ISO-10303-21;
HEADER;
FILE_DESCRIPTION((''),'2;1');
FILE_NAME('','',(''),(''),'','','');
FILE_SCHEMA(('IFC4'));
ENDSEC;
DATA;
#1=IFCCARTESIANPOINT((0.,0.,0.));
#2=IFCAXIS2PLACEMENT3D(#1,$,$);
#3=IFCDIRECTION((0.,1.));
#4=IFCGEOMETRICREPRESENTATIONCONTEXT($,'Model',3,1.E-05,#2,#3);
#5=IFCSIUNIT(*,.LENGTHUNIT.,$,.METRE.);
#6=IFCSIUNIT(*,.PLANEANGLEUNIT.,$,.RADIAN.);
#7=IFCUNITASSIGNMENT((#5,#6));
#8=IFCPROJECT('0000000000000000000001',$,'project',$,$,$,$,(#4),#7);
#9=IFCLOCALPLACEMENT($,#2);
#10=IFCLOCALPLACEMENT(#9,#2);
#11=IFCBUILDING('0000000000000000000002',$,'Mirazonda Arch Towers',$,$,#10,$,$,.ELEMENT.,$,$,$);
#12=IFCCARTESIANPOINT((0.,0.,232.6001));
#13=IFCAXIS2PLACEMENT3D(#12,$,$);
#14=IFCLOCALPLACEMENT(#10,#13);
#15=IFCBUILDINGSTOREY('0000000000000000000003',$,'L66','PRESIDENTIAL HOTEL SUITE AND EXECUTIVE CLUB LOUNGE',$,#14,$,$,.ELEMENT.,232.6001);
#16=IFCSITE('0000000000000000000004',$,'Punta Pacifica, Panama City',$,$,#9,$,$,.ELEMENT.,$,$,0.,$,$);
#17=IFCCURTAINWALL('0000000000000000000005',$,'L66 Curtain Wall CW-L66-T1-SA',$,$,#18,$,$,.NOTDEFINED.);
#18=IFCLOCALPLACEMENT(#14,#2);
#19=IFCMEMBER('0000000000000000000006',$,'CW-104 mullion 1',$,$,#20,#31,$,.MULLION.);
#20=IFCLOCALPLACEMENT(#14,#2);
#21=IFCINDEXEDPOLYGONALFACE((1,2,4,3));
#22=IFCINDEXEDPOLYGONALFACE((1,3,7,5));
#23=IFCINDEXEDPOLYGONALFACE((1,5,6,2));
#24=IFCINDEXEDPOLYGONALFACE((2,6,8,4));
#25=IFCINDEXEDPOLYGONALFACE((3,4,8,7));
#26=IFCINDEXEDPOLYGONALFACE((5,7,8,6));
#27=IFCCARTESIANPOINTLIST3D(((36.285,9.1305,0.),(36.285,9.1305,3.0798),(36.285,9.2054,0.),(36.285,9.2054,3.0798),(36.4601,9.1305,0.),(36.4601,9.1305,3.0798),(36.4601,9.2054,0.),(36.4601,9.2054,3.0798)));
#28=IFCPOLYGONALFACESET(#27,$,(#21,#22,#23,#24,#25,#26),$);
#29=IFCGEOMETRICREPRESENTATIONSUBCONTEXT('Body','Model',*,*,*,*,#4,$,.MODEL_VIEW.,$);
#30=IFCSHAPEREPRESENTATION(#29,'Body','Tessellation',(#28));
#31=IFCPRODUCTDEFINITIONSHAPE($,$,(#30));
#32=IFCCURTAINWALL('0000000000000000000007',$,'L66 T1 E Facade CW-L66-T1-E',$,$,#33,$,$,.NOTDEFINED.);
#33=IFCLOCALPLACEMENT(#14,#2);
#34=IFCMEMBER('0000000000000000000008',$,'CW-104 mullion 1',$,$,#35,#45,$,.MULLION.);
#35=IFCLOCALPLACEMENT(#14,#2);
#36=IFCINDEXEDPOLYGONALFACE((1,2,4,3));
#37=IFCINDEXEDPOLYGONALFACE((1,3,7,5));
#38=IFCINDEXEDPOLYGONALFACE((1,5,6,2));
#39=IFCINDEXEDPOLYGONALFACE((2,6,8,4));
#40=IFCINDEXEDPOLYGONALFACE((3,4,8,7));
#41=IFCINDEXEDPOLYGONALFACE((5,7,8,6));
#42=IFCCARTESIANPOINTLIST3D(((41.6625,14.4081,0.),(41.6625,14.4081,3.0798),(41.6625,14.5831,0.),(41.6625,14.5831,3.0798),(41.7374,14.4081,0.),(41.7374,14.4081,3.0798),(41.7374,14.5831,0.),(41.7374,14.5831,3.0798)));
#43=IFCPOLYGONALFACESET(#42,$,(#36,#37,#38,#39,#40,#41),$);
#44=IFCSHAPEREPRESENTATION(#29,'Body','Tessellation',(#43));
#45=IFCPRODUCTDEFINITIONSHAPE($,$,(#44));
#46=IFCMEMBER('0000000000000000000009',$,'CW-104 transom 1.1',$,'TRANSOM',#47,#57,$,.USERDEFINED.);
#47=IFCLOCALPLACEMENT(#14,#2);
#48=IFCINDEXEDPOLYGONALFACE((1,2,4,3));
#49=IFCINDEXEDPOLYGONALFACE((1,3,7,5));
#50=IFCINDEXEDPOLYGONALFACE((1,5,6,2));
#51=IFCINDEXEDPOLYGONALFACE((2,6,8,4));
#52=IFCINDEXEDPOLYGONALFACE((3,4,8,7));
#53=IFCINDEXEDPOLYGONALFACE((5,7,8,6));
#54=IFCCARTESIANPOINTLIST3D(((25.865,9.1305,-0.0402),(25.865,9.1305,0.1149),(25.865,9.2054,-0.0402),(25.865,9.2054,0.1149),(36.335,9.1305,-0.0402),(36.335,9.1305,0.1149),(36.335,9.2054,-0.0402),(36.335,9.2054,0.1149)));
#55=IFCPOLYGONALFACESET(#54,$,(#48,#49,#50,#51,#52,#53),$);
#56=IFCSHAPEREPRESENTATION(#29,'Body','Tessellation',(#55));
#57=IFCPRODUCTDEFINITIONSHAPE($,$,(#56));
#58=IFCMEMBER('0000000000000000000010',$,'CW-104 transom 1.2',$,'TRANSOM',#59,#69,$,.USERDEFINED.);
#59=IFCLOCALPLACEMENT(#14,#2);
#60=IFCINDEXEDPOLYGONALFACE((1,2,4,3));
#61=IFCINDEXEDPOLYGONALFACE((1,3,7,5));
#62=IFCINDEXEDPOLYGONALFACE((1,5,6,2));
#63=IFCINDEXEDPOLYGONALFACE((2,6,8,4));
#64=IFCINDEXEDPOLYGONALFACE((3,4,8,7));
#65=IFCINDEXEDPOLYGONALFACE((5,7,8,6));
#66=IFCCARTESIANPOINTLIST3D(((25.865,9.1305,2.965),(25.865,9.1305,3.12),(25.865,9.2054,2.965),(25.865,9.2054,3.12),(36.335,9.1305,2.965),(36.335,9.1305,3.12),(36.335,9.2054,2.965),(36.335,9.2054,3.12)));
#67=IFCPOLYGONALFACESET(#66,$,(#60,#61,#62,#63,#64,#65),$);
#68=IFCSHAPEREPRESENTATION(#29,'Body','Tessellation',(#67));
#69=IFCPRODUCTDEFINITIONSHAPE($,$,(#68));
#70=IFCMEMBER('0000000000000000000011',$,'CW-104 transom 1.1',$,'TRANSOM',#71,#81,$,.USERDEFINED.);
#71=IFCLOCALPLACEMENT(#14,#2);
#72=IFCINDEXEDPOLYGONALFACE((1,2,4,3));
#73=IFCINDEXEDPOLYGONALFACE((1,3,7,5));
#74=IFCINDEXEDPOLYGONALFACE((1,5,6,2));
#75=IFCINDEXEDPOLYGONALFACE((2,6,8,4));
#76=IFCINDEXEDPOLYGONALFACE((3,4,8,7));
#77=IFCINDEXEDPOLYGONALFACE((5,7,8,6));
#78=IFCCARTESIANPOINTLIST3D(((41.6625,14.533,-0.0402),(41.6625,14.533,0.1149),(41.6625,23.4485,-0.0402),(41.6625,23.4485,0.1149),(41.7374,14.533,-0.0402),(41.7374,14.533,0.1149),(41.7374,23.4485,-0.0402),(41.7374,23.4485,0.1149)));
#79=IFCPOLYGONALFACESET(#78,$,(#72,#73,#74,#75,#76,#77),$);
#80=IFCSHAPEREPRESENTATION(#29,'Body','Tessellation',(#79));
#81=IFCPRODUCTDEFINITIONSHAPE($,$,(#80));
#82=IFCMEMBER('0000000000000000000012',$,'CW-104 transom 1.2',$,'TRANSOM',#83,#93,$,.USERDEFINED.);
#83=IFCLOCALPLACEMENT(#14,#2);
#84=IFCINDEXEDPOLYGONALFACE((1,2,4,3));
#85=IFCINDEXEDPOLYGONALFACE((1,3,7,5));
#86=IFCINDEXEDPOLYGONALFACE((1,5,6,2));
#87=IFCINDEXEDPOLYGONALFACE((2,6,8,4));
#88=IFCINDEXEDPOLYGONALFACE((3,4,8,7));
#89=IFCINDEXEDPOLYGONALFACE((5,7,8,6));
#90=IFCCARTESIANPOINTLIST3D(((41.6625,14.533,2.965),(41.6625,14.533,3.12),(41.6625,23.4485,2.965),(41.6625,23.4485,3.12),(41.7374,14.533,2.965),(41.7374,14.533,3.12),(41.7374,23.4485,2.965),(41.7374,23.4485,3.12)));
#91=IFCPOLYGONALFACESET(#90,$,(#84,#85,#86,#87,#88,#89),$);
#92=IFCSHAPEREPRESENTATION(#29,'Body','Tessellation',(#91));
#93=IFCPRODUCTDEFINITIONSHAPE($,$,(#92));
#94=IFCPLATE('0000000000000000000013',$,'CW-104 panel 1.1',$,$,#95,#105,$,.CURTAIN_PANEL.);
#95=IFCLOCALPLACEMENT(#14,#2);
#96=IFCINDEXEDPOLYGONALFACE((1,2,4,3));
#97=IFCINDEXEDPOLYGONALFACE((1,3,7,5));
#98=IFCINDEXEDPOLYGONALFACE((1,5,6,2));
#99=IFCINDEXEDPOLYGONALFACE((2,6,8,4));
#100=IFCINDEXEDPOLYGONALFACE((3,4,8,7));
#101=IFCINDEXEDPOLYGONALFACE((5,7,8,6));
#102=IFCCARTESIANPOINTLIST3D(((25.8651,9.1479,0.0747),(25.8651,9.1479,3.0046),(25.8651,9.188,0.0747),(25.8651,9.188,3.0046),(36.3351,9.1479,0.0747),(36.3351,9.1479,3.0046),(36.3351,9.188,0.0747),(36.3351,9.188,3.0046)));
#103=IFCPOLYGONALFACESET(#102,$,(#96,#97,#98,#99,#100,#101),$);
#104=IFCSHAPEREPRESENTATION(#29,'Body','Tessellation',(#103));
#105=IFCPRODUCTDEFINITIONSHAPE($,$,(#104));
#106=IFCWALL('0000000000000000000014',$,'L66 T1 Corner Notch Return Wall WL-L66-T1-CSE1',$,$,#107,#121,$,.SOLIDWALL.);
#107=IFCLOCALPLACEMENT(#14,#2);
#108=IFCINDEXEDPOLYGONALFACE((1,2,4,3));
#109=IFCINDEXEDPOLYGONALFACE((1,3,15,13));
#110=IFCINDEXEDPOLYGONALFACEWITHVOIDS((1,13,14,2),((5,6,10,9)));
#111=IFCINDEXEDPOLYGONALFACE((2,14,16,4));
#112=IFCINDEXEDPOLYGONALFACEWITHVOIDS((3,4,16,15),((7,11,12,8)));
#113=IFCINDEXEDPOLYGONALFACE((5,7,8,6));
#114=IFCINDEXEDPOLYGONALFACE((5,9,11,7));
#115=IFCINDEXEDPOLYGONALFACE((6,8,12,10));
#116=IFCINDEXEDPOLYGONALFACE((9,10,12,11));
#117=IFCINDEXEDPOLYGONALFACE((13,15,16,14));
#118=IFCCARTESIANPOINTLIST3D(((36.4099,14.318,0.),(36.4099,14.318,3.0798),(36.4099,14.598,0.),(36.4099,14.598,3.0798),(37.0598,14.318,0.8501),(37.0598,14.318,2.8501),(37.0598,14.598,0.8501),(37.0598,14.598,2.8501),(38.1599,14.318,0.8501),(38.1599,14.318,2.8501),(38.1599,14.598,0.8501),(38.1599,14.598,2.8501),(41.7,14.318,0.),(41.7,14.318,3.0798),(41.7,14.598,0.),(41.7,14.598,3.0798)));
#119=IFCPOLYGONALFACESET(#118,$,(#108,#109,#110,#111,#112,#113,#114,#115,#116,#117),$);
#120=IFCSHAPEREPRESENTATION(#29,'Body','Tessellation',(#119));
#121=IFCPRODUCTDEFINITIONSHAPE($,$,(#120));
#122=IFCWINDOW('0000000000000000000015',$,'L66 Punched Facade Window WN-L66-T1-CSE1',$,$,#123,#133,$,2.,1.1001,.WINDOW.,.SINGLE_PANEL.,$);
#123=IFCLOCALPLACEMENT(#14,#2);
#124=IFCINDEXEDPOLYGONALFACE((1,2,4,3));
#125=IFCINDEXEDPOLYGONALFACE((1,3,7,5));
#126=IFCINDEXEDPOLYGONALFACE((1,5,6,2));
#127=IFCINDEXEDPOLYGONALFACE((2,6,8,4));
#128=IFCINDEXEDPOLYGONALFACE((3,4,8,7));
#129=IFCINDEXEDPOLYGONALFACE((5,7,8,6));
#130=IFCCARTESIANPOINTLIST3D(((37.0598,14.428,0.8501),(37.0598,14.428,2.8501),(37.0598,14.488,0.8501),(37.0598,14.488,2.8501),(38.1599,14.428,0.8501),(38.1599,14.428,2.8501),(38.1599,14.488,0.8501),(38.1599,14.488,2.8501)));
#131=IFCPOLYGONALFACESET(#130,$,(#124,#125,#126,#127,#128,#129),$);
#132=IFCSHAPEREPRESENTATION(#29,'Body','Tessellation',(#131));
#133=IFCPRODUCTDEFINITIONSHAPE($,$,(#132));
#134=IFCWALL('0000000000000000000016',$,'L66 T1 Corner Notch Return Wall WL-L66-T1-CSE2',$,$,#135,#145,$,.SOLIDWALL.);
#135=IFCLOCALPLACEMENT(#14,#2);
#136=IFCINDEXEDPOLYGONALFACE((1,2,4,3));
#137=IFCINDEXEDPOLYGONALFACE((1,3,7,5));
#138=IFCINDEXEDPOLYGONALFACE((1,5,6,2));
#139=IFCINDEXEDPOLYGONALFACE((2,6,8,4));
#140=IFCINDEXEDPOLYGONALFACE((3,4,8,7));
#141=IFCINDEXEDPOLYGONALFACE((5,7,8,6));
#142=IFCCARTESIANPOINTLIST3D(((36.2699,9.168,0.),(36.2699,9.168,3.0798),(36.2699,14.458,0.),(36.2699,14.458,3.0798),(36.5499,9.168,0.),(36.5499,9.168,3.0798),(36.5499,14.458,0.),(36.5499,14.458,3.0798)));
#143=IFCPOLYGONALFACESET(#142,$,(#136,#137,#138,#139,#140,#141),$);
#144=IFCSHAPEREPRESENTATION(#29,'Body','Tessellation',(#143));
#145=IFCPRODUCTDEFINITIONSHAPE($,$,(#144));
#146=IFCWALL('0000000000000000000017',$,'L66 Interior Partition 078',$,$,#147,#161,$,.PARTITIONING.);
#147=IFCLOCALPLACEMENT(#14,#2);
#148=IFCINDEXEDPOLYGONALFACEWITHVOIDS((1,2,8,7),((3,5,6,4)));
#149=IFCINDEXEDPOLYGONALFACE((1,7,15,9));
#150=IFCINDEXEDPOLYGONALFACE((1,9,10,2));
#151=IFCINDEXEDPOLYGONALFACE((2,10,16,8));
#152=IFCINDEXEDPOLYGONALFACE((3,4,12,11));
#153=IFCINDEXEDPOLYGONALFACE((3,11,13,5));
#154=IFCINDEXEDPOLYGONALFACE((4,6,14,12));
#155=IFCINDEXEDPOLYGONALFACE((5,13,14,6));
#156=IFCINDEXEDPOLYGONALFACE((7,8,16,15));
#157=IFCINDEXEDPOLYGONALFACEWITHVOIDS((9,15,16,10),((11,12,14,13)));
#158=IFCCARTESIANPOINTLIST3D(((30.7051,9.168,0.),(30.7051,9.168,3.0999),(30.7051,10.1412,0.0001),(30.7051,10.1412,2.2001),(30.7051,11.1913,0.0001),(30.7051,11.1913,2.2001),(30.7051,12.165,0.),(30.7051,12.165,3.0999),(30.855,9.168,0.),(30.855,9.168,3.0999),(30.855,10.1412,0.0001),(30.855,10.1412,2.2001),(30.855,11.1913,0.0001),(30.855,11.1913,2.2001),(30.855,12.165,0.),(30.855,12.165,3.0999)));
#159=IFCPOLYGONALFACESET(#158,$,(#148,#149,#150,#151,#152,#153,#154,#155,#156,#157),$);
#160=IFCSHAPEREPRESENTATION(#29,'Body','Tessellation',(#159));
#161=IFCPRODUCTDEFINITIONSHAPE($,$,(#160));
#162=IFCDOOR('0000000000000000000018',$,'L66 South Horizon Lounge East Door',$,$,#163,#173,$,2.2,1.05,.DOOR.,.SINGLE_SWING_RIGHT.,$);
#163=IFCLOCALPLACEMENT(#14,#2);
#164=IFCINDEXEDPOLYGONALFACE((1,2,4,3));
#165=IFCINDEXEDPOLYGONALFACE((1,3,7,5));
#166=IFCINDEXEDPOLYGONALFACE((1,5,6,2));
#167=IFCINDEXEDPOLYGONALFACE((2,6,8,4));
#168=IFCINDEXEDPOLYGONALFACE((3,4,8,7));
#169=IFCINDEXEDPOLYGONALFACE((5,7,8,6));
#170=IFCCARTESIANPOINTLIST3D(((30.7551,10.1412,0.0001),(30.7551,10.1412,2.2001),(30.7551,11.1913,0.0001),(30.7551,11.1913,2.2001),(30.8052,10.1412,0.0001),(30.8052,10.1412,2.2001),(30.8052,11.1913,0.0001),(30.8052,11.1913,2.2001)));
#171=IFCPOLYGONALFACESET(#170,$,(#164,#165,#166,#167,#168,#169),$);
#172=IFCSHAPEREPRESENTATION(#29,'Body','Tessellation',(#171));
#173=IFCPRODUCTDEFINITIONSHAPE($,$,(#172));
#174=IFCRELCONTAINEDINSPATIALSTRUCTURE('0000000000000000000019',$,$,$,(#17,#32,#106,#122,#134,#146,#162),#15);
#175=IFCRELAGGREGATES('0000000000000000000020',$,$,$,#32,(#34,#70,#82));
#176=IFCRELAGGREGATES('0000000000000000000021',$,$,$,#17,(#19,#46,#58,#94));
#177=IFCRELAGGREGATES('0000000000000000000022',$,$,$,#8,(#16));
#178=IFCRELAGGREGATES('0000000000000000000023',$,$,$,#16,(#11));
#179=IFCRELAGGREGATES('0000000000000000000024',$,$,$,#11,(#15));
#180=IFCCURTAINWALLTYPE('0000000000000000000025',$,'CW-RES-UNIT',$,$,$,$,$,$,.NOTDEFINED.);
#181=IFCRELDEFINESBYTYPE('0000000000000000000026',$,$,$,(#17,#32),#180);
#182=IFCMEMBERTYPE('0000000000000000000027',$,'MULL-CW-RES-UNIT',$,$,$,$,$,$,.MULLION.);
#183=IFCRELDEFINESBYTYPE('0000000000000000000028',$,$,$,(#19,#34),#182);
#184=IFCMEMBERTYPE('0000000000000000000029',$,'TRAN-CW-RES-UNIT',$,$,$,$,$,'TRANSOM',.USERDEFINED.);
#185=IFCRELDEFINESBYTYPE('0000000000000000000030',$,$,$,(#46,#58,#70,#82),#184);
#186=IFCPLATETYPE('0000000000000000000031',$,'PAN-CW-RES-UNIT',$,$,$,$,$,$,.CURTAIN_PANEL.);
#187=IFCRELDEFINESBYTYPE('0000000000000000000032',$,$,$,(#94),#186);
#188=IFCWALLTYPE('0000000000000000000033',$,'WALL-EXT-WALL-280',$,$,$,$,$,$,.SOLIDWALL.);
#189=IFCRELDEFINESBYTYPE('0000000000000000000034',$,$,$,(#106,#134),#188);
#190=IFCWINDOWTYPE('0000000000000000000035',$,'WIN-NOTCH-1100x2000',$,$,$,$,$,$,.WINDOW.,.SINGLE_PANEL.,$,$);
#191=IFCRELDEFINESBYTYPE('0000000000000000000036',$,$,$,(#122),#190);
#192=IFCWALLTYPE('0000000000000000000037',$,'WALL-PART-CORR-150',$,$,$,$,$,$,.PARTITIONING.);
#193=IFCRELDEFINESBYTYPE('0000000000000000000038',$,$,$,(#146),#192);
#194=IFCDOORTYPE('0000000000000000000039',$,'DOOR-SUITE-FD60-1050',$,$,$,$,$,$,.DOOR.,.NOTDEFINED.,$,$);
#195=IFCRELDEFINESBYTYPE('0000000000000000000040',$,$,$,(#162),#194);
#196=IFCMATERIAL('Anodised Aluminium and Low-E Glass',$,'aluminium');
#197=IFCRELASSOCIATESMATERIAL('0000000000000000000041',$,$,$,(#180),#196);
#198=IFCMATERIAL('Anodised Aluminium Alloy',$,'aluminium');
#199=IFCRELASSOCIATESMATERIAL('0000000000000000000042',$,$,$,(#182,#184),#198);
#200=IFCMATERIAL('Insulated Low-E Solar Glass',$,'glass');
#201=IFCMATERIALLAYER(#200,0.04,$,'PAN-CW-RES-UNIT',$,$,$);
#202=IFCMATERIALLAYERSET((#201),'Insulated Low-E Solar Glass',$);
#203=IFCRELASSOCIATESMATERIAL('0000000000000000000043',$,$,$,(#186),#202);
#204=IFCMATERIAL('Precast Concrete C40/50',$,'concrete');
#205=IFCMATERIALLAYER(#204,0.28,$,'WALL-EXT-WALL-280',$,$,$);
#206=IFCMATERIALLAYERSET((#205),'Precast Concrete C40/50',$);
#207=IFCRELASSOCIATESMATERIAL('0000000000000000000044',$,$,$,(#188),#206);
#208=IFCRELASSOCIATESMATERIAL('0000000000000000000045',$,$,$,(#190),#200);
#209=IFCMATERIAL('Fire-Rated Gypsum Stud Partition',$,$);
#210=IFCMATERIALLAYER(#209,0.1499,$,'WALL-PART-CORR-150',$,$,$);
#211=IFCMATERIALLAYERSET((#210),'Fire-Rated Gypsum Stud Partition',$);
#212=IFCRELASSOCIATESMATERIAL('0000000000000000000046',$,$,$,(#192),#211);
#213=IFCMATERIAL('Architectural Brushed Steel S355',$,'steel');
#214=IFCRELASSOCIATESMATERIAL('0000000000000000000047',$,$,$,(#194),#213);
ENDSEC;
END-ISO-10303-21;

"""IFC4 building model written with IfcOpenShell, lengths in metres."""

from ifc_helpers import new_model, si_unit, direction, frame, frame_2d, origin, origin_2d, place, context, subcontext, project, spatial, rectangle, extrude, material, layer, layer_set, material_profile, profile_set, type_object, element, fill, aggregate, save


model = new_model("IFC4")

# Units and contexts
model_context = context("Model", 3, precision=1e-05, world=origin(), true_north=direction((0.0, 1.0)))
body_context = subcontext(model_context, "Body", "Model", "MODEL_VIEW")
ifc_project = project(units=[si_unit("LENGTHUNIT", "METRE"), si_unit("PLANEANGLEUNIT", "RADIAN")], contexts=[model_context])

# Site, building, storey
site_placement = place(None, origin())
site = spatial("IfcSite", under=ifc_project, at=site_placement, Name="Punta Pacifica, Panama City", CompositionType="ELEMENT", RefElevation=0.0)
building_placement = place(site_placement, origin())
building = spatial("IfcBuilding", under=site, at=building_placement, Name="Mirazonda Arch Towers", CompositionType="ELEMENT")
storey_placement = place(building_placement, frame((0.0, 0.0, 232.6001)))
storey = spatial("IfcBuildingStorey", under=building, at=storey_placement, Name="L66", Description="PRESIDENTIAL HOTEL SUITE AND EXECUTIVE CLUB LOUNGE", CompositionType="ELEMENT", Elevation=232.6001)

# Curtain walls, members
ifc_material_1 = material(Name="Anodised Aluminium and Low-E Glass", Category="aluminium")
curtain_wall_type = type_object("IfcCurtainWallType", Name="CW-RES-UNIT", PredefinedType="NOTDEFINED", material=ifc_material_1)
curtain_wall_1_placement = place(storey_placement, origin())
curtain_wall_1 = element("IfcCurtainWall", 1, at=curtain_wall_1_placement, inside=storey, type_object=curtain_wall_type, Name="L66 Curtain Wall CW-L66-T1-SA", PredefinedType="NOTDEFINED")
ifc_material_2 = material(Name="Anodised Aluminium Alloy", Category="aluminium")
ifc_material_profile_1 = material_profile(ifc_material_2, rectangle(XDim=0.075, YDim=0.175, at=origin_2d()), Name="ALU-MULL-75x175")
ifc_profile_set_1 = profile_set([ifc_material_profile_1], Name="Anodised Aluminium Alloy")
member_type_1 = type_object("IfcMemberType", Name="MULL-CW-RES-UNIT", PredefinedType="MULLION", material=ifc_profile_set_1)
member_1_placement = place(storey_placement, frame((36.3726, 9.168, 0.0), z_axis=(0.0, 0.0, 1.0), x_axis=(0.0, -1.0, 0.0)))
member_1 = element("IfcMember", 2, at=member_1_placement, type_object=member_type_1, Name="CW-104 mullion 1", PredefinedType="MULLION", context=body_context, shape_type="SweptSolid", body=[
    extrude(rectangle(XDim=0.075, YDim=0.175, at=origin_2d()), origin(), (0.0, 0.0, 1.0), 3.0798),
])
curtain_wall_2_placement = place(storey_placement, origin())
curtain_wall_2 = element("IfcCurtainWall", 3, at=curtain_wall_2_placement, inside=storey, type_object=curtain_wall_type, Name="L66 T1 E Facade CW-L66-T1-E", PredefinedType="NOTDEFINED")
member_2_placement = place(storey_placement, frame((41.7, 14.4956, 0.0), z_axis=(0.0, 0.0, 1.0), x_axis=(-1.0, 0.0, 0.0)))
member_2 = element("IfcMember", 4, at=member_2_placement, type_object=member_type_1, Name="CW-104 mullion 1", PredefinedType="MULLION", context=body_context, shape_type="SweptSolid", body=[
    extrude(rectangle(XDim=0.075, YDim=0.175, at=origin_2d()), origin(), (0.0, 0.0, 1.0), 3.0798),
])

# Members
ifc_material_profile_2 = material_profile(ifc_material_2, rectangle(XDim=0.075, YDim=0.155, at=origin_2d()), Name="ALU-TRAN-75x155")
ifc_profile_set_2 = profile_set([ifc_material_profile_2], Name="Anodised Aluminium Alloy")
member_type_2 = type_object("IfcMemberType", Name="TRAN-CW-RES-UNIT", ElementType="TRANSOM", PredefinedType="USERDEFINED", material=ifc_profile_set_2)
member_3_placement = place(storey_placement, frame((36.335, 9.168, 0.0374), z_axis=(-1.0, 0.0, 0.0), x_axis=(0.0, -1.0, 0.0)))
member_3 = element("IfcMember", 5, at=member_3_placement, type_object=member_type_2, Name="CW-104 transom 1.1", ObjectType="TRANSOM", PredefinedType="USERDEFINED", context=body_context, shape_type="SweptSolid", body=[
    extrude(rectangle(XDim=0.075, YDim=0.155, at=origin_2d()), origin(), (0.0, 0.0, 1.0), 10.47),
])
member_4_placement = place(storey_placement, frame((36.335, 9.168, 3.0425), z_axis=(-1.0, 0.0, 0.0), x_axis=(0.0, -1.0, 0.0)))
member_4 = element("IfcMember", 6, at=member_4_placement, type_object=member_type_2, Name="CW-104 transom 1.2", ObjectType="TRANSOM", PredefinedType="USERDEFINED", context=body_context, shape_type="SweptSolid", body=[
    extrude(rectangle(XDim=0.075, YDim=0.155, at=origin_2d()), origin(), (0.0, 0.0, 1.0), 10.47),
])
member_5_placement = place(storey_placement, frame((41.7, 14.533, 0.0374), z_axis=(0.0, 1.0, 0.0), x_axis=(-1.0, 0.0, 0.0)))
member_5 = element("IfcMember", 7, at=member_5_placement, type_object=member_type_2, Name="CW-104 transom 1.1", ObjectType="TRANSOM", PredefinedType="USERDEFINED", context=body_context, shape_type="SweptSolid", body=[
    extrude(rectangle(XDim=0.075, YDim=0.155, at=origin_2d()), origin(), (0.0, 0.0, 1.0), 8.9155),
])
member_6_placement = place(storey_placement, frame((41.7, 14.533, 3.0425), z_axis=(0.0, 1.0, 0.0), x_axis=(-1.0, 0.0, 0.0)))
member_6 = element("IfcMember", 8, at=member_6_placement, type_object=member_type_2, Name="CW-104 transom 1.2", ObjectType="TRANSOM", PredefinedType="USERDEFINED", context=body_context, shape_type="SweptSolid", body=[
    extrude(rectangle(XDim=0.075, YDim=0.155, at=origin_2d()), origin(), (0.0, 0.0, 1.0), 8.9155),
])
aggregate(curtain_wall_2, [member_2, member_5, member_6])

# Plate
ifc_material_3 = material(Name="Insulated Low-E Solar Glass", Category="glass")
ifc_layer_1 = layer(ifc_material_3, 0.04, Name="PAN-CW-RES-UNIT")
ifc_layer_set_1 = layer_set([ifc_layer_1], Name="Insulated Low-E Solar Glass")
plate_type = type_object("IfcPlateType", Name="PAN-CW-RES-UNIT", PredefinedType="CURTAIN_PANEL", material=ifc_layer_set_1)
plate_placement = place(storey_placement, frame((31.1001, 9.168, 0.0747), z_axis=(0.0, 0.0, 1.0), x_axis=(-1.0, 0.0, 0.0)))
plate = element("IfcPlate", 9, at=plate_placement, type_object=plate_type, Name="CW-104 panel 1.1", PredefinedType="CURTAIN_PANEL", context=body_context, shape_type="SweptSolid", body=[
    extrude(rectangle(XDim=10.47, YDim=0.04, at=origin_2d()), origin(), (0.0, 0.0, 1.0), 2.9299),
])
aggregate(curtain_wall_1, [member_1, member_3, member_4, plate])

# Wall, opening, window
ifc_material_4 = material(Name="Precast Concrete C40/50", Category="concrete")
ifc_layer_2 = layer(ifc_material_4, 0.28, Name="WALL-EXT-WALL-280")
ifc_layer_set_2 = layer_set([ifc_layer_2], Name="Precast Concrete C40/50")
wall_type_1 = type_object("IfcWallType", Name="WALL-EXT-WALL-280", PredefinedType="SOLIDWALL", material=ifc_layer_set_2)
wall_1_placement = place(storey_placement, frame((36.4099, 14.458, 0.0), z_axis=(0.0, 0.0, 1.0), x_axis=(1.0, 0.0, 0.0)))
wall_1 = element("IfcWall", 10, at=wall_1_placement, inside=storey, type_object=wall_type_1, Name="L66 T1 Corner Notch Return Wall WL-L66-T1-CSE1", PredefinedType="SOLIDWALL", context=body_context, shape_type="SweptSolid", body=[
    extrude(rectangle(XDim=5.29, YDim=0.28, at=frame_2d((2.645, 0.0))), origin(), (0.0, 0.0, 1.0), 3.0798),
])
opening_1_placement = place(wall_1_placement, frame((0.6499, 0.0, 0.8501)))
opening_1 = element("IfcOpeningElement", 11, at=opening_1_placement, cuts=wall_1, PredefinedType="OPENING", context=body_context, shape_type="SweptSolid", body=[
    extrude(rectangle(XDim=1.1001, YDim=2.0, at=frame_2d((0.55, 1.0))), frame((0.0, 0.1499, 0.0), z_axis=(0.0, -1.0, 0.0), x_axis=(1.0, 0.0, 0.0)), (0.0, 0.0, 1.0), 0.3),
])
window_type = type_object("IfcWindowType", Name="WIN-NOTCH-1100x2000", PartitioningType="SINGLE_PANEL", PredefinedType="WINDOW", material=ifc_material_3)
window_placement = place(opening_1_placement, origin())
window = element("IfcWindow", 12, at=window_placement, inside=storey, type_object=window_type, Name="L66 Punched Facade Window WN-L66-T1-CSE1", OverallHeight=2.0, OverallWidth=1.1001, PartitioningType="SINGLE_PANEL", PredefinedType="WINDOW", context=body_context, shape_type="SweptSolid", body=[
    extrude(rectangle(XDim=1.1001, YDim=2.0, at=frame_2d((0.55, 1.0))), frame((0.0, 0.03, 0.0), z_axis=(0.0, -1.0, 0.0), x_axis=(1.0, 0.0, 0.0)), (0.0, 0.0, 1.0), 0.0601),
])
fill(opening_1, window)

# Wall
wall_2_placement = place(storey_placement, frame((36.4099, 9.168, 0.0), z_axis=(0.0, 0.0, 1.0), x_axis=(0.0, 1.0, 0.0)))
element("IfcWall", 13, at=wall_2_placement, inside=storey, type_object=wall_type_1, Name="L66 T1 Corner Notch Return Wall WL-L66-T1-CSE2", PredefinedType="SOLIDWALL", context=body_context, shape_type="SweptSolid", body=[
    extrude(rectangle(XDim=5.29, YDim=0.28, at=frame_2d((2.645, 0.0))), origin(), (0.0, 0.0, 1.0), 3.0798),
])

# Wall, opening, door
ifc_material_5 = material(Name="Fire-Rated Gypsum Stud Partition")
ifc_layer_3 = layer(ifc_material_5, 0.1499, Name="WALL-PART-CORR-150")
ifc_layer_set_3 = layer_set([ifc_layer_3], Name="Fire-Rated Gypsum Stud Partition")
wall_type_2 = type_object("IfcWallType", Name="WALL-PART-CORR-150", PredefinedType="PARTITIONING", material=ifc_layer_set_3)
wall_3_placement = place(storey_placement, frame((30.78, 9.168, 0.0), z_axis=(0.0, 0.0, 1.0), x_axis=(0.0, 1.0, 0.0)))
wall_3 = element("IfcWall", 14, at=wall_3_placement, inside=storey, type_object=wall_type_2, Name="L66 Interior Partition 078", PredefinedType="PARTITIONING", context=body_context, shape_type="SweptSolid", body=[
    extrude(rectangle(XDim=2.9971, YDim=0.1499, at=frame_2d((1.4985, 0.0))), origin(), (0.0, 0.0, 1.0), 3.0999),
])
opening_2_placement = place(wall_3_placement, frame((0.9734, 0.0, 0.0)))
opening_2 = element("IfcOpeningElement", 15, at=opening_2_placement, cuts=wall_3, PredefinedType="OPENING", context=body_context, shape_type="SweptSolid", body=[
    extrude(rectangle(XDim=1.05, YDim=2.2, at=frame_2d((0.5249, 1.1001))), frame((0.0, 0.085, 0.0), z_axis=(0.0, -1.0, 0.0), x_axis=(1.0, 0.0, 0.0)), (0.0, 0.0, 1.0), 0.1699),
])
ifc_material_6 = material(Name="Architectural Brushed Steel S355", Category="steel")
door_type_1 = type_object("IfcDoorType", Name="DOOR-SUITE-FD60-1050", OperationType="NOTDEFINED", PredefinedType="DOOR", material=ifc_material_6)
door_1_placement = place(opening_2_placement, origin())
door_1 = element("IfcDoor", 16, at=door_1_placement, inside=storey, type_object=door_type_1, Name="L66 South Horizon Lounge East Door", OperationType="SINGLE_SWING_RIGHT", OverallHeight=2.2, OverallWidth=1.05, PredefinedType="DOOR", context=body_context, shape_type="SweptSolid", body=[
    extrude(rectangle(XDim=1.05, YDim=2.2, at=frame_2d((0.5249, 1.1001))), frame((0.0, 0.0249, 0.0), z_axis=(0.0, -1.0, 0.0), x_axis=(1.0, 0.0, 0.0)), (0.0, 0.0, 1.0), 0.05),
])
fill(opening_2, door_1)

save(model, "model.ifc")
